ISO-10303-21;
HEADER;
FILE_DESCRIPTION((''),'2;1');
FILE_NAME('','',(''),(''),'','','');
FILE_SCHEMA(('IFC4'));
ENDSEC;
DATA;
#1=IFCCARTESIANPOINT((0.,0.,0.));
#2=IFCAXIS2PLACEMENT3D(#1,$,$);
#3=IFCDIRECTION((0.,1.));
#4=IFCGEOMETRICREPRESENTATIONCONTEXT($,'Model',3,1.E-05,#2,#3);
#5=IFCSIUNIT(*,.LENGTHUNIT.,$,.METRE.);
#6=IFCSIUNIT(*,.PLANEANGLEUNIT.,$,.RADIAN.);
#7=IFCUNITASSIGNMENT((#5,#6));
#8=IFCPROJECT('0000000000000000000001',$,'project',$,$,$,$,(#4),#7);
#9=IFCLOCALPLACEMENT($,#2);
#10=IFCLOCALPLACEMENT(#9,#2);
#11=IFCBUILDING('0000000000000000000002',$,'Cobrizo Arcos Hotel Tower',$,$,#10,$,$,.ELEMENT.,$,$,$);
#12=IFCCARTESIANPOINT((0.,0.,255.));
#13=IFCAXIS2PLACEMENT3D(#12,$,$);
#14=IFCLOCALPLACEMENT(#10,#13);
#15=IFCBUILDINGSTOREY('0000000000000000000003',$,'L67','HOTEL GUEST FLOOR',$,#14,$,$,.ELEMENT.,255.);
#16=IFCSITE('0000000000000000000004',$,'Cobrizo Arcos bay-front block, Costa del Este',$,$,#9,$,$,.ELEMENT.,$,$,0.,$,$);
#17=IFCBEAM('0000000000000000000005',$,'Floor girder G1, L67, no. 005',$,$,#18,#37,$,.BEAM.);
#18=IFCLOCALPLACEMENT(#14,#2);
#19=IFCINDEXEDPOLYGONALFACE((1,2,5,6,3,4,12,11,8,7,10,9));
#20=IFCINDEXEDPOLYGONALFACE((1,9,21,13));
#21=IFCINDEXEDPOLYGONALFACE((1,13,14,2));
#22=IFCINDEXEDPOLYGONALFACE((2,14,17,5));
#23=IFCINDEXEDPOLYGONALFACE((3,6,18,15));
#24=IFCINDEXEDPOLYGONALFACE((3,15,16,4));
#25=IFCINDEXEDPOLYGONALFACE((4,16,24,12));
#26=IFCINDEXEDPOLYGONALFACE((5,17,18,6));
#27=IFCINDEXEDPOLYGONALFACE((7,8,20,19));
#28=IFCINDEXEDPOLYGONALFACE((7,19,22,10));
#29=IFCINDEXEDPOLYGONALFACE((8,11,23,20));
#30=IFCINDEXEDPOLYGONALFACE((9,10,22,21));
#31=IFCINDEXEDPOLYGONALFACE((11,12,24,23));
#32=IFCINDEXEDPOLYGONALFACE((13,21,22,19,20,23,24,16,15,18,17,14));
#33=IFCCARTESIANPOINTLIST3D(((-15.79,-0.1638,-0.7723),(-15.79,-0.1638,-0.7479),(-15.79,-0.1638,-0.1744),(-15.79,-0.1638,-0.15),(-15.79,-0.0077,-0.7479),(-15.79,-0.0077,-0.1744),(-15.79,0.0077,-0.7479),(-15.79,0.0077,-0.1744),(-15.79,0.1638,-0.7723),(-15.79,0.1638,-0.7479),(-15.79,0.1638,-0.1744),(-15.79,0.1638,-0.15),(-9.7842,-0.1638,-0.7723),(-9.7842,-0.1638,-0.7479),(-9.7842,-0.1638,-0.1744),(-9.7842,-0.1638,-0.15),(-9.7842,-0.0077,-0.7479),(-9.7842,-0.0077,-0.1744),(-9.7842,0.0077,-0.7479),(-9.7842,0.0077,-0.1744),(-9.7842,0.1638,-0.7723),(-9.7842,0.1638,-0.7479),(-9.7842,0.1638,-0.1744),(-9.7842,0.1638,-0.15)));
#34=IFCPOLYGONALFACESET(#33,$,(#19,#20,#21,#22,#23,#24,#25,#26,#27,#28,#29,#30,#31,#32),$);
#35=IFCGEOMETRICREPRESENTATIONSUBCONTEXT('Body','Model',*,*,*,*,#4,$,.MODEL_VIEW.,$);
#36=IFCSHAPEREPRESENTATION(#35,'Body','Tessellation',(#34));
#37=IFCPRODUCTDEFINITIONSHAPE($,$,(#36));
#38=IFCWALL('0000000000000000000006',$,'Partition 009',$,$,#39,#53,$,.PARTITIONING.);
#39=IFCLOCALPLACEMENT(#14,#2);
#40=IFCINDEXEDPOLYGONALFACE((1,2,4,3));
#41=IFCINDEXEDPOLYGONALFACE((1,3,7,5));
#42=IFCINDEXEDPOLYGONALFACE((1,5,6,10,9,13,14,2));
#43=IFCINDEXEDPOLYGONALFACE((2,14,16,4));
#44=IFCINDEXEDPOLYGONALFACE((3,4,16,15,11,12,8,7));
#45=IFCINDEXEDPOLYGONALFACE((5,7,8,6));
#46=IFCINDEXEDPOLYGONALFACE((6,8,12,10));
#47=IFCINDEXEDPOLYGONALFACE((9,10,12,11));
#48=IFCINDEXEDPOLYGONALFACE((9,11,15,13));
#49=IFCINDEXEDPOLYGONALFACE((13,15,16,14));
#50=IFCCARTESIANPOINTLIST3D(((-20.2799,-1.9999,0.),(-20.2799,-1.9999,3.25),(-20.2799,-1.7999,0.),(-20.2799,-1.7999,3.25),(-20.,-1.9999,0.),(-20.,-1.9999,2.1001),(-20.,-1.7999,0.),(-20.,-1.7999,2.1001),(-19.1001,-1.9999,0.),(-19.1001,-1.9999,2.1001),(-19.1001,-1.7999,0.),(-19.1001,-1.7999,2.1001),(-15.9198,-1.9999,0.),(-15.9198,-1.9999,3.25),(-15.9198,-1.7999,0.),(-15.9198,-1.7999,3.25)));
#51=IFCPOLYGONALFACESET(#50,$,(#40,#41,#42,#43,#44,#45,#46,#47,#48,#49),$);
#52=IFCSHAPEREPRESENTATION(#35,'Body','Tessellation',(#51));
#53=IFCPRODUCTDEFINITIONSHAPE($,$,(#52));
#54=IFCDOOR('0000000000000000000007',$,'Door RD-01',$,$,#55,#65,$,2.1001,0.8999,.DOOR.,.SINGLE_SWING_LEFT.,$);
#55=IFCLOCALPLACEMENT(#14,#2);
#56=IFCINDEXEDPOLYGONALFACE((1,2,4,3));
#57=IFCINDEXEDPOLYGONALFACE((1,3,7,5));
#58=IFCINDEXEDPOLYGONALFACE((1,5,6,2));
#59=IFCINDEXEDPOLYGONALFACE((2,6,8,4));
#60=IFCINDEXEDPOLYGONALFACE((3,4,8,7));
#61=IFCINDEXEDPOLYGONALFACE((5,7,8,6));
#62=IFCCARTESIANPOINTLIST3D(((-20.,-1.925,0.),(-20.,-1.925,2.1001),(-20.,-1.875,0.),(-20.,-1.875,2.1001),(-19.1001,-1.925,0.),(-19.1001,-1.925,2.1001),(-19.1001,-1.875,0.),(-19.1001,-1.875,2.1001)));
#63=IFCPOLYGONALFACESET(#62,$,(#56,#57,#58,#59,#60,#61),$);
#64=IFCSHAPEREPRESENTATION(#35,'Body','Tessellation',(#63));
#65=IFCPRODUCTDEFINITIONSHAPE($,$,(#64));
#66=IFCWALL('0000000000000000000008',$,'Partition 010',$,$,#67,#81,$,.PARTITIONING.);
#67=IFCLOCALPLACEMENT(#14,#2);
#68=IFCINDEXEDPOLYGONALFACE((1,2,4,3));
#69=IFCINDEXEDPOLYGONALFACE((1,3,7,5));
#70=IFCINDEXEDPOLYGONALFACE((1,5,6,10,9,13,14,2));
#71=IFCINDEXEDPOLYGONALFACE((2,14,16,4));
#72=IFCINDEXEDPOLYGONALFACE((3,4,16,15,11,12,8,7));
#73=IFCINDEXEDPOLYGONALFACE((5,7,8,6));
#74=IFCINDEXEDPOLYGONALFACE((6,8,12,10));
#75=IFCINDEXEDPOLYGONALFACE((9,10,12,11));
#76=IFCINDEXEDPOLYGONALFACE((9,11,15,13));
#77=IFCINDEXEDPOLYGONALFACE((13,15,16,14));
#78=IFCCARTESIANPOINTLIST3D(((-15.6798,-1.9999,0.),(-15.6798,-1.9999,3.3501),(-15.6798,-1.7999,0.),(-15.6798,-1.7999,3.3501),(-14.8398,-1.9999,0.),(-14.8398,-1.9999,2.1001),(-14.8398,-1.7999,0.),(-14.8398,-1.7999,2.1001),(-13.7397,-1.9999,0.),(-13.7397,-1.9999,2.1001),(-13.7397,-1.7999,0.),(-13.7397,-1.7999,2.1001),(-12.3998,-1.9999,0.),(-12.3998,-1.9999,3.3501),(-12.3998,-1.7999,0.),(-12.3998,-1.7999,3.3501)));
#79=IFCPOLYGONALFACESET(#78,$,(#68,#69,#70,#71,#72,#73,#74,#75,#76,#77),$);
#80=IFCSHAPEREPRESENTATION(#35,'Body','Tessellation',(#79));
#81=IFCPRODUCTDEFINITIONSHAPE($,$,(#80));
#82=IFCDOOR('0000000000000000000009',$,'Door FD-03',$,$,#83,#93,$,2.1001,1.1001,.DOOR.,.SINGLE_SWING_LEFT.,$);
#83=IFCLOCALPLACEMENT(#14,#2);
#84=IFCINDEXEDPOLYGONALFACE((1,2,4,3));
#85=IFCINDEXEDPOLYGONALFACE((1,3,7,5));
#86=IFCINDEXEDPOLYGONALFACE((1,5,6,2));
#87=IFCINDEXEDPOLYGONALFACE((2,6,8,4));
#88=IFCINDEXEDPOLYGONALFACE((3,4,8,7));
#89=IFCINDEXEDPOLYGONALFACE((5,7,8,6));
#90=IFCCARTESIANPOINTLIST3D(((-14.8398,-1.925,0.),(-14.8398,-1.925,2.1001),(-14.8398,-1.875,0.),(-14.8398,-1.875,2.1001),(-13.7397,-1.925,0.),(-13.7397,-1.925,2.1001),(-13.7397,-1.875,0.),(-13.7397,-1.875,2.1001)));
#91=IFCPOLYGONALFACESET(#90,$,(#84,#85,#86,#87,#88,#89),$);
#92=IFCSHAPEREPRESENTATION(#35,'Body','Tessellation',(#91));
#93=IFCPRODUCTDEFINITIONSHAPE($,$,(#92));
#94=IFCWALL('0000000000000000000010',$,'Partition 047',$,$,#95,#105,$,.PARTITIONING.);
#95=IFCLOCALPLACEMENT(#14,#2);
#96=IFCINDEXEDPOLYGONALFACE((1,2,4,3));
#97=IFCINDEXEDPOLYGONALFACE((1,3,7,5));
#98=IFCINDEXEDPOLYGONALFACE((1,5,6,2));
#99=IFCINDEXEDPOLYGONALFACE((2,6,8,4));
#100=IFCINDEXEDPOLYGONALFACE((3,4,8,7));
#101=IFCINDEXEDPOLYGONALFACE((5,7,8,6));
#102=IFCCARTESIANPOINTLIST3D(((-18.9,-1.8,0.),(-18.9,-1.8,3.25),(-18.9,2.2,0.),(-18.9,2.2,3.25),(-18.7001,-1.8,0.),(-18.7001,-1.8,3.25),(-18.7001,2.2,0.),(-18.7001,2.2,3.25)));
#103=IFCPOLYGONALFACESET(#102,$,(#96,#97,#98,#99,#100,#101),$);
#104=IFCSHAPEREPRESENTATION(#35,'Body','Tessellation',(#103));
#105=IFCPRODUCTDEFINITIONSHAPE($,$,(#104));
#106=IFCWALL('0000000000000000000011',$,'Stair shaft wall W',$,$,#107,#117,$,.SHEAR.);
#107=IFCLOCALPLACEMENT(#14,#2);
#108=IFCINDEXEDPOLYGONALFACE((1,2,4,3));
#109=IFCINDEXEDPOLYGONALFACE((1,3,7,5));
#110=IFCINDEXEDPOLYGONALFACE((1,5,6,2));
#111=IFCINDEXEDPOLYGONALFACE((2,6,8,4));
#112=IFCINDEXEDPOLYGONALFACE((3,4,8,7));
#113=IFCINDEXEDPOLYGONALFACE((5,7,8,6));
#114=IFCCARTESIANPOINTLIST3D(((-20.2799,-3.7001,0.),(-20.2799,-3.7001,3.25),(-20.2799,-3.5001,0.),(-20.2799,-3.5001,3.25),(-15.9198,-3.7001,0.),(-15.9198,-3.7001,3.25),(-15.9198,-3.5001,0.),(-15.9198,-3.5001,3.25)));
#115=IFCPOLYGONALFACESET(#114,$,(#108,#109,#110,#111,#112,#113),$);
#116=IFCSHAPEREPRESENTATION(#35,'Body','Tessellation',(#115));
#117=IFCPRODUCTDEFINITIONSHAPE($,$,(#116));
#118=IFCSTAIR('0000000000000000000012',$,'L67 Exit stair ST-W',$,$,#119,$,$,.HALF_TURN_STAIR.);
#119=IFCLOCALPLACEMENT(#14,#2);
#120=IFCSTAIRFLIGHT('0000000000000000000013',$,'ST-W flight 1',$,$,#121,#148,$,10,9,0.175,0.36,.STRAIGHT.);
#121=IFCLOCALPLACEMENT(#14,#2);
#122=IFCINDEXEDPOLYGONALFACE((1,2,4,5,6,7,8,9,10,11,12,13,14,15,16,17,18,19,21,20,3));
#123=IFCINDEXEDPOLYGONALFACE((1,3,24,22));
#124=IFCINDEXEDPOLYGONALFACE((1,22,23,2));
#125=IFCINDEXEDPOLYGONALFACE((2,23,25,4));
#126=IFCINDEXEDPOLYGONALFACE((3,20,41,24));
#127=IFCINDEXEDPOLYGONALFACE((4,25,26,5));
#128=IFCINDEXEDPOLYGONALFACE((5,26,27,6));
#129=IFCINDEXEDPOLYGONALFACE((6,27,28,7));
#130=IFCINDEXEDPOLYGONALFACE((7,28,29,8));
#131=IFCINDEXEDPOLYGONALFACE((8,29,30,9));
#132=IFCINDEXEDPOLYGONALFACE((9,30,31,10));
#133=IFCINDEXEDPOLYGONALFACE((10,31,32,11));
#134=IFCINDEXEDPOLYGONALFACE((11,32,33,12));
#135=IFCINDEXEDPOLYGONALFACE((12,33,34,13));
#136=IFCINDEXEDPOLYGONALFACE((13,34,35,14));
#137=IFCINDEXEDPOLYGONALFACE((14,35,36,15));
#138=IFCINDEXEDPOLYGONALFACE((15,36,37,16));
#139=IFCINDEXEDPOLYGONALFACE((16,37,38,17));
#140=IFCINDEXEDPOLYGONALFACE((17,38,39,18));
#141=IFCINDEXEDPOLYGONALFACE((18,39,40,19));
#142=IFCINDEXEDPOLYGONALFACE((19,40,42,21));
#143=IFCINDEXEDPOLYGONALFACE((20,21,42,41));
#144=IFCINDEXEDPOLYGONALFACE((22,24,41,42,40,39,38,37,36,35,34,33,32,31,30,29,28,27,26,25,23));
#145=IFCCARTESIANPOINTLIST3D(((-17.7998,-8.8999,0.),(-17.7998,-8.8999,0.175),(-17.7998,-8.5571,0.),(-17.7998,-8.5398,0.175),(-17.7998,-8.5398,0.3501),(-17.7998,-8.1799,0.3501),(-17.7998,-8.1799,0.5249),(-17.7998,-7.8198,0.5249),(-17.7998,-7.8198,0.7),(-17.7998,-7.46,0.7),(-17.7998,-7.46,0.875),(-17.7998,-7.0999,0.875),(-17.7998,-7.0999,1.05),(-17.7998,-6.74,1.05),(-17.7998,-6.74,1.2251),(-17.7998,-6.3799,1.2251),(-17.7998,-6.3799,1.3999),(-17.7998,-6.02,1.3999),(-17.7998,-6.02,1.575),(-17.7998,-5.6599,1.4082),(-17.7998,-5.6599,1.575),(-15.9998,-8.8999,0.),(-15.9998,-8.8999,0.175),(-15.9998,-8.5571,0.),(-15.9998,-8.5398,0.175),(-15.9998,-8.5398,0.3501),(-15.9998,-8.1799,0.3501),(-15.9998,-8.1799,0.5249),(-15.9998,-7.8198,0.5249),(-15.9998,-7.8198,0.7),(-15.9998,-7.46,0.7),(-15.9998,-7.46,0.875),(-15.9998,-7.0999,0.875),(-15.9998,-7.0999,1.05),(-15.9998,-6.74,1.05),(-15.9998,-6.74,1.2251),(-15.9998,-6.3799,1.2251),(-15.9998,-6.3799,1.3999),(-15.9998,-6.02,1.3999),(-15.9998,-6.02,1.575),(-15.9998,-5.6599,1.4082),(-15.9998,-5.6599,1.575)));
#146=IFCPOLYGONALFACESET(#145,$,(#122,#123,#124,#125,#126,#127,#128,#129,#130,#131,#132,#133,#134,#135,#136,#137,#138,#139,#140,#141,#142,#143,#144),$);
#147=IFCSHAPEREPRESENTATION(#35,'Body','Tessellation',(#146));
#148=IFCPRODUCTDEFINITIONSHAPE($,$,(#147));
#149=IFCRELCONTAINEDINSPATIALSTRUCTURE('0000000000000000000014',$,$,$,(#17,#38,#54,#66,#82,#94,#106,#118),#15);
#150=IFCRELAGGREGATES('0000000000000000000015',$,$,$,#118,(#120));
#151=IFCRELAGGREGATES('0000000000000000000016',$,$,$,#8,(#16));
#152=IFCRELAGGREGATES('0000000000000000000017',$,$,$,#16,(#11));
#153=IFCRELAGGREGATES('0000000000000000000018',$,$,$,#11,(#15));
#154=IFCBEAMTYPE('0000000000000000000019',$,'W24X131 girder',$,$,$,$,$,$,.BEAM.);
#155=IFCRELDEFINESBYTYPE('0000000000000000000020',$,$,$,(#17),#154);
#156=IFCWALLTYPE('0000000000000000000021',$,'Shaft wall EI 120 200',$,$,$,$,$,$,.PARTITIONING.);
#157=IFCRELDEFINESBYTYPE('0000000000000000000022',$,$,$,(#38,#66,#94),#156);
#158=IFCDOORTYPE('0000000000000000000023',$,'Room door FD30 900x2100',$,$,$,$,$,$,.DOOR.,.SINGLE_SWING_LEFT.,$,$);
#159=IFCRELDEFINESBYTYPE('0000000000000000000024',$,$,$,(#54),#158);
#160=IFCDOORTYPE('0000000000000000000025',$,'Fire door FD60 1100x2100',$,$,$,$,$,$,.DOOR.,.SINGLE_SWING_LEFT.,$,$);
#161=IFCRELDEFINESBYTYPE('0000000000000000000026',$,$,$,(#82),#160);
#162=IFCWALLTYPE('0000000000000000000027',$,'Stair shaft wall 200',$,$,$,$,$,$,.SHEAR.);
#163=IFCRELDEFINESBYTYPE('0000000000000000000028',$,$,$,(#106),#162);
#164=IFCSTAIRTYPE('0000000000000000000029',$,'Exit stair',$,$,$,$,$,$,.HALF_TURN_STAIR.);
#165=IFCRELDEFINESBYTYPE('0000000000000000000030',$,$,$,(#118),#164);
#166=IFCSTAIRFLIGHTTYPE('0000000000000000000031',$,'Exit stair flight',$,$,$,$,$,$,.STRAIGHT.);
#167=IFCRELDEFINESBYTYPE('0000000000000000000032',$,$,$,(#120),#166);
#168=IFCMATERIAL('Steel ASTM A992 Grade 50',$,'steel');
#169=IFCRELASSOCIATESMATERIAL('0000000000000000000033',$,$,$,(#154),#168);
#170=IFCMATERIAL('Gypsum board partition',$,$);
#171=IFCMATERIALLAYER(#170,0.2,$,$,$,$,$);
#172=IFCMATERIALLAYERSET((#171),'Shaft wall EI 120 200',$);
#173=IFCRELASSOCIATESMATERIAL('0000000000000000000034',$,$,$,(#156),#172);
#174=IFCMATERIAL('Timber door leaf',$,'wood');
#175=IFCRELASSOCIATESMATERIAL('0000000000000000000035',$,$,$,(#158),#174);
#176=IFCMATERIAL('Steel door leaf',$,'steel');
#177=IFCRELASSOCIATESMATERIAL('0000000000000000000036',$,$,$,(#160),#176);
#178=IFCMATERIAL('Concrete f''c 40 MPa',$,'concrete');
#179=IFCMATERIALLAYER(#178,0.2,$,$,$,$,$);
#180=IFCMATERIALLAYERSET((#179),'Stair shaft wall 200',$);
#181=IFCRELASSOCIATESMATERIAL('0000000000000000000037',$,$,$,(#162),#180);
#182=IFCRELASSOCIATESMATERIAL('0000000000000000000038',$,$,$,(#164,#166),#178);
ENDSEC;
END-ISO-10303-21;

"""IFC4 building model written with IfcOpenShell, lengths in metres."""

from ifc_helpers import new_model, si_unit, direction, frame, frame_2d, origin, origin_2d, place, context, subcontext, project, spatial, polyline, rectangle, i_section, outline, extrude, material, layer, layer_set, material_profile, profile_set, type_object, element, fill, aggregate, save


model = new_model("IFC4")

# Units and contexts
model_context = context("Model", 3, precision=1e-05, world=origin(), true_north=direction((0.0, 1.0)))
body_context = subcontext(model_context, "Body", "Model", "MODEL_VIEW")
ifc_project = project(units=[si_unit("LENGTHUNIT", "METRE"), si_unit("PLANEANGLEUNIT", "RADIAN")], contexts=[model_context])

# Site, building, storey
site_placement = place(None, origin())
site = spatial("IfcSite", under=ifc_project, at=site_placement, Name="Cobrizo Arcos bay-front block, Costa del Este", CompositionType="ELEMENT", RefElevation=0.0)
building_placement = place(site_placement, origin())
building = spatial("IfcBuilding", under=site, at=building_placement, Name="Cobrizo Arcos Hotel Tower", CompositionType="ELEMENT")
storey_placement = place(building_placement, frame((0.0, 0.0, 255.0)))
storey = spatial("IfcBuildingStorey", under=building, at=storey_placement, Name="L67", Description="HOTEL GUEST FLOOR", CompositionType="ELEMENT", Elevation=255.0)

# Beam
ifc_material_1 = material(Name="Steel ASTM A992 Grade 50", Category="steel")
ifc_material_profile = material_profile(ifc_material_1, i_section(OverallWidth=0.3276, OverallDepth=0.6223, WebThickness=0.0154, FlangeThickness=0.0244, at=origin_2d()), Name="W24X131")
ifc_profile_set = profile_set([ifc_material_profile], Name="Steel ASTM A992 Grade 50")
beam_type = type_object("IfcBeamType", Name="W24X131 girder", PredefinedType="BEAM", material=ifc_profile_set)
beam_placement = place(storey_placement, frame((-15.79, 0.0, -0.4612), z_axis=(1.0, 0.0, 0.0), x_axis=(0.0, 1.0, 0.0)))
element("IfcBeam", 1, at=beam_placement, inside=storey, type_object=beam_type, Name="Floor girder G1, L67, no. 005", PredefinedType="BEAM", context=body_context, shape_type="SweptSolid", body=[
    extrude(i_section(OverallWidth=0.3276, OverallDepth=0.6223, WebThickness=0.0154, FlangeThickness=0.0244, at=origin_2d()), origin(), (0.0, 0.0, 1.0), 6.0059),
])

# Walls, openings, doors
ifc_material_2 = material(Name="Gypsum board partition")
ifc_layer_1 = layer(ifc_material_2, 0.2)
ifc_layer_set_1 = layer_set([ifc_layer_1], Name="Shaft wall EI 120 200")
wall_type_1 = type_object("IfcWallType", Name="Shaft wall EI 120 200", PredefinedType="PARTITIONING", material=ifc_layer_set_1)
wall_1_placement = place(storey_placement, frame((-20.28, -1.8999, 0.0), z_axis=(0.0, 0.0, 1.0), x_axis=(1.0, 0.0, 0.0)))
wall_1 = element("IfcWall", 2, at=wall_1_placement, inside=storey, type_object=wall_type_1, Name="Partition 009", PredefinedType="PARTITIONING", context=body_context, shape_type="SweptSolid", body=[
    extrude(rectangle(XDim=4.3601, YDim=0.2, at=frame_2d((2.1802, 0.0))), origin(), (0.0, 0.0, 1.0), 3.25),
])
opening_1_placement = place(wall_1_placement, frame((0.28, 0.0, 0.0)))
opening_1 = element("IfcOpeningElement", 3, at=opening_1_placement, cuts=wall_1, PredefinedType="OPENING", context=body_context, shape_type="SweptSolid", body=[
    extrude(rectangle(XDim=0.8999, YDim=2.1001, at=frame_2d((0.45, 1.05))), frame((0.0, 0.1121, 0.0), z_axis=(0.0, -1.0, 0.0), x_axis=(1.0, 0.0, 0.0)), (0.0, 0.0, 1.0), 0.2239),
])
ifc_material_3 = material(Name="Timber door leaf", Category="wood")
door_type_1 = type_object("IfcDoorType", Name="Room door FD30 900x2100", OperationType="SINGLE_SWING_LEFT", PredefinedType="DOOR", material=ifc_material_3)
door_1_placement = place(opening_1_placement, origin())
door_1 = element("IfcDoor", 4, at=door_1_placement, inside=storey, type_object=door_type_1, Name="Door RD-01", OperationType="SINGLE_SWING_LEFT", OverallHeight=2.1001, OverallWidth=0.8999, PredefinedType="DOOR", context=body_context, shape_type="SweptSolid", body=[
    extrude(rectangle(XDim=0.8999, YDim=2.1001, at=frame_2d((0.45, 1.05))), frame((0.0, 0.0249, 0.0), z_axis=(0.0, -1.0, 0.0), x_axis=(1.0, 0.0, 0.0)), (0.0, 0.0, 1.0), 0.05),
])
fill(opening_1, door_1)
wall_2_placement = place(storey_placement, frame((-15.6799, -1.8999, 0.0), z_axis=(0.0, 0.0, 1.0), x_axis=(1.0, 0.0, 0.0)))
wall_2 = element("IfcWall", 5, at=wall_2_placement, inside=storey, type_object=wall_type_1, Name="Partition 010", PredefinedType="PARTITIONING", context=body_context, shape_type="SweptSolid", body=[
    extrude(rectangle(XDim=3.28, YDim=0.2, at=frame_2d((1.6401, 0.0))), origin(), (0.0, 0.0, 1.0), 3.3501),
])
opening_2_placement = place(wall_2_placement, frame((0.8401, 0.0, 0.0)))
opening_2 = element("IfcOpeningElement", 6, at=opening_2_placement, cuts=wall_2, PredefinedType="OPENING", context=body_context, shape_type="SweptSolid", body=[
    extrude(rectangle(XDim=1.1001, YDim=2.1001, at=frame_2d((0.55, 1.05))), frame((0.0, 0.1121, 0.0), z_axis=(0.0, -1.0, 0.0), x_axis=(1.0, 0.0, 0.0)), (0.0, 0.0, 1.0), 0.2239),
])
ifc_material_4 = material(Name="Steel door leaf", Category="steel")
door_type_2 = type_object("IfcDoorType", Name="Fire door FD60 1100x2100", OperationType="SINGLE_SWING_LEFT", PredefinedType="DOOR", material=ifc_material_4)
door_2_placement = place(opening_2_placement, origin())
door_2 = element("IfcDoor", 7, at=door_2_placement, inside=storey, type_object=door_type_2, Name="Door FD-03", OperationType="SINGLE_SWING_LEFT", OverallHeight=2.1001, OverallWidth=1.1001, PredefinedType="DOOR", context=body_context, shape_type="SweptSolid", body=[
    extrude(rectangle(XDim=1.1001, YDim=2.1001, at=frame_2d((0.55, 1.05))), frame((0.0, 0.0249, 0.0), z_axis=(0.0, -1.0, 0.0), x_axis=(1.0, 0.0, 0.0)), (0.0, 0.0, 1.0), 0.05),
])
fill(opening_2, door_2)

# Walls
wall_3_placement = place(storey_placement, frame((-18.8, -1.8, 0.0), z_axis=(0.0, 0.0, 1.0), x_axis=(0.0, 1.0, 0.0)))
element("IfcWall", 8, at=wall_3_placement, inside=storey, type_object=wall_type_1, Name="Partition 047", PredefinedType="PARTITIONING", context=body_context, shape_type="SweptSolid", body=[
    extrude(rectangle(XDim=4.0, YDim=0.2, at=frame_2d((2.0, 0.0))), origin(), (0.0, 0.0, 1.0), 3.25),
])
ifc_material_5 = material(Name="Concrete f'c 40 MPa", Category="concrete")
ifc_layer_2 = layer(ifc_material_5, 0.2)
ifc_layer_set_2 = layer_set([ifc_layer_2], Name="Stair shaft wall 200")
wall_type_2 = type_object("IfcWallType", Name="Stair shaft wall 200", PredefinedType="SHEAR", material=ifc_layer_set_2)
wall_4_placement = place(storey_placement, frame((-20.28, -3.6001, 0.0), z_axis=(0.0, 0.0, 1.0), x_axis=(1.0, 0.0, 0.0)))
element("IfcWall", 9, at=wall_4_placement, inside=storey, type_object=wall_type_2, Name="Stair shaft wall W", PredefinedType="SHEAR", context=body_context, shape_type="SweptSolid", body=[
    extrude(rectangle(XDim=4.3601, YDim=0.2, at=frame_2d((2.1802, 0.0))), origin(), (0.0, 0.0, 1.0), 3.25),
])

# Stair, stair flight
stair_type = type_object("IfcStairType", Name="Exit stair", PredefinedType="HALF_TURN_STAIR", material=ifc_material_5)
stair_placement = place(storey_placement, origin())
stair = element("IfcStair", 10, at=stair_placement, inside=storey, type_object=stair_type, Name="L67 Exit stair ST-W", PredefinedType="HALF_TURN_STAIR")
stair_flight_type = type_object("IfcStairFlightType", Name="Exit stair flight", PredefinedType="STRAIGHT", material=ifc_material_5)
stair_flight_1_placement = place(storey_placement, frame((-16.8999, -8.8999, 0.0), z_axis=(0.0, 0.0, 1.0), x_axis=(0.0, 1.0, 0.0)))
stair_flight_1 = element("IfcStairFlight", 11, at=stair_flight_1_placement, type_object=stair_flight_type, Name="ST-W flight 1", NumberOfRisers=10, NumberOfTreads=9, PredefinedType="STRAIGHT", RiserHeight=0.175, TreadLength=0.36, context=body_context, shape_type="SweptSolid", body=[
    extrude(outline(polyline([(0.0, 0.0), (0.0, 0.175), (0.3601, 0.175), (0.3601, 0.3501), (0.72, 0.3501), (0.72, 0.5249), (1.0801, 0.5249), (1.0801, 0.7), (1.4399, 0.7), (1.4399, 0.875), (1.8, 0.875), (1.8, 1.05), (2.1599, 1.05), (2.1599, 1.2251), (2.52, 1.2251), (2.52, 1.3999), (2.8799, 1.3999), (2.8799, 1.575), (3.24, 1.575), (3.24, 1.75), (3.24, 1.4082), (0.3428, 0.0), (0.0, 0.0)])), frame((0.0, 0.8999, 0.0), z_axis=(0.0, -1.0, 0.0), x_axis=(1.0, 0.0, 0.0)), (0.0, 0.0, 1.0), 1.8),
])
aggregate(stair, [stair_flight_1])

save(model, "model.ifc")
